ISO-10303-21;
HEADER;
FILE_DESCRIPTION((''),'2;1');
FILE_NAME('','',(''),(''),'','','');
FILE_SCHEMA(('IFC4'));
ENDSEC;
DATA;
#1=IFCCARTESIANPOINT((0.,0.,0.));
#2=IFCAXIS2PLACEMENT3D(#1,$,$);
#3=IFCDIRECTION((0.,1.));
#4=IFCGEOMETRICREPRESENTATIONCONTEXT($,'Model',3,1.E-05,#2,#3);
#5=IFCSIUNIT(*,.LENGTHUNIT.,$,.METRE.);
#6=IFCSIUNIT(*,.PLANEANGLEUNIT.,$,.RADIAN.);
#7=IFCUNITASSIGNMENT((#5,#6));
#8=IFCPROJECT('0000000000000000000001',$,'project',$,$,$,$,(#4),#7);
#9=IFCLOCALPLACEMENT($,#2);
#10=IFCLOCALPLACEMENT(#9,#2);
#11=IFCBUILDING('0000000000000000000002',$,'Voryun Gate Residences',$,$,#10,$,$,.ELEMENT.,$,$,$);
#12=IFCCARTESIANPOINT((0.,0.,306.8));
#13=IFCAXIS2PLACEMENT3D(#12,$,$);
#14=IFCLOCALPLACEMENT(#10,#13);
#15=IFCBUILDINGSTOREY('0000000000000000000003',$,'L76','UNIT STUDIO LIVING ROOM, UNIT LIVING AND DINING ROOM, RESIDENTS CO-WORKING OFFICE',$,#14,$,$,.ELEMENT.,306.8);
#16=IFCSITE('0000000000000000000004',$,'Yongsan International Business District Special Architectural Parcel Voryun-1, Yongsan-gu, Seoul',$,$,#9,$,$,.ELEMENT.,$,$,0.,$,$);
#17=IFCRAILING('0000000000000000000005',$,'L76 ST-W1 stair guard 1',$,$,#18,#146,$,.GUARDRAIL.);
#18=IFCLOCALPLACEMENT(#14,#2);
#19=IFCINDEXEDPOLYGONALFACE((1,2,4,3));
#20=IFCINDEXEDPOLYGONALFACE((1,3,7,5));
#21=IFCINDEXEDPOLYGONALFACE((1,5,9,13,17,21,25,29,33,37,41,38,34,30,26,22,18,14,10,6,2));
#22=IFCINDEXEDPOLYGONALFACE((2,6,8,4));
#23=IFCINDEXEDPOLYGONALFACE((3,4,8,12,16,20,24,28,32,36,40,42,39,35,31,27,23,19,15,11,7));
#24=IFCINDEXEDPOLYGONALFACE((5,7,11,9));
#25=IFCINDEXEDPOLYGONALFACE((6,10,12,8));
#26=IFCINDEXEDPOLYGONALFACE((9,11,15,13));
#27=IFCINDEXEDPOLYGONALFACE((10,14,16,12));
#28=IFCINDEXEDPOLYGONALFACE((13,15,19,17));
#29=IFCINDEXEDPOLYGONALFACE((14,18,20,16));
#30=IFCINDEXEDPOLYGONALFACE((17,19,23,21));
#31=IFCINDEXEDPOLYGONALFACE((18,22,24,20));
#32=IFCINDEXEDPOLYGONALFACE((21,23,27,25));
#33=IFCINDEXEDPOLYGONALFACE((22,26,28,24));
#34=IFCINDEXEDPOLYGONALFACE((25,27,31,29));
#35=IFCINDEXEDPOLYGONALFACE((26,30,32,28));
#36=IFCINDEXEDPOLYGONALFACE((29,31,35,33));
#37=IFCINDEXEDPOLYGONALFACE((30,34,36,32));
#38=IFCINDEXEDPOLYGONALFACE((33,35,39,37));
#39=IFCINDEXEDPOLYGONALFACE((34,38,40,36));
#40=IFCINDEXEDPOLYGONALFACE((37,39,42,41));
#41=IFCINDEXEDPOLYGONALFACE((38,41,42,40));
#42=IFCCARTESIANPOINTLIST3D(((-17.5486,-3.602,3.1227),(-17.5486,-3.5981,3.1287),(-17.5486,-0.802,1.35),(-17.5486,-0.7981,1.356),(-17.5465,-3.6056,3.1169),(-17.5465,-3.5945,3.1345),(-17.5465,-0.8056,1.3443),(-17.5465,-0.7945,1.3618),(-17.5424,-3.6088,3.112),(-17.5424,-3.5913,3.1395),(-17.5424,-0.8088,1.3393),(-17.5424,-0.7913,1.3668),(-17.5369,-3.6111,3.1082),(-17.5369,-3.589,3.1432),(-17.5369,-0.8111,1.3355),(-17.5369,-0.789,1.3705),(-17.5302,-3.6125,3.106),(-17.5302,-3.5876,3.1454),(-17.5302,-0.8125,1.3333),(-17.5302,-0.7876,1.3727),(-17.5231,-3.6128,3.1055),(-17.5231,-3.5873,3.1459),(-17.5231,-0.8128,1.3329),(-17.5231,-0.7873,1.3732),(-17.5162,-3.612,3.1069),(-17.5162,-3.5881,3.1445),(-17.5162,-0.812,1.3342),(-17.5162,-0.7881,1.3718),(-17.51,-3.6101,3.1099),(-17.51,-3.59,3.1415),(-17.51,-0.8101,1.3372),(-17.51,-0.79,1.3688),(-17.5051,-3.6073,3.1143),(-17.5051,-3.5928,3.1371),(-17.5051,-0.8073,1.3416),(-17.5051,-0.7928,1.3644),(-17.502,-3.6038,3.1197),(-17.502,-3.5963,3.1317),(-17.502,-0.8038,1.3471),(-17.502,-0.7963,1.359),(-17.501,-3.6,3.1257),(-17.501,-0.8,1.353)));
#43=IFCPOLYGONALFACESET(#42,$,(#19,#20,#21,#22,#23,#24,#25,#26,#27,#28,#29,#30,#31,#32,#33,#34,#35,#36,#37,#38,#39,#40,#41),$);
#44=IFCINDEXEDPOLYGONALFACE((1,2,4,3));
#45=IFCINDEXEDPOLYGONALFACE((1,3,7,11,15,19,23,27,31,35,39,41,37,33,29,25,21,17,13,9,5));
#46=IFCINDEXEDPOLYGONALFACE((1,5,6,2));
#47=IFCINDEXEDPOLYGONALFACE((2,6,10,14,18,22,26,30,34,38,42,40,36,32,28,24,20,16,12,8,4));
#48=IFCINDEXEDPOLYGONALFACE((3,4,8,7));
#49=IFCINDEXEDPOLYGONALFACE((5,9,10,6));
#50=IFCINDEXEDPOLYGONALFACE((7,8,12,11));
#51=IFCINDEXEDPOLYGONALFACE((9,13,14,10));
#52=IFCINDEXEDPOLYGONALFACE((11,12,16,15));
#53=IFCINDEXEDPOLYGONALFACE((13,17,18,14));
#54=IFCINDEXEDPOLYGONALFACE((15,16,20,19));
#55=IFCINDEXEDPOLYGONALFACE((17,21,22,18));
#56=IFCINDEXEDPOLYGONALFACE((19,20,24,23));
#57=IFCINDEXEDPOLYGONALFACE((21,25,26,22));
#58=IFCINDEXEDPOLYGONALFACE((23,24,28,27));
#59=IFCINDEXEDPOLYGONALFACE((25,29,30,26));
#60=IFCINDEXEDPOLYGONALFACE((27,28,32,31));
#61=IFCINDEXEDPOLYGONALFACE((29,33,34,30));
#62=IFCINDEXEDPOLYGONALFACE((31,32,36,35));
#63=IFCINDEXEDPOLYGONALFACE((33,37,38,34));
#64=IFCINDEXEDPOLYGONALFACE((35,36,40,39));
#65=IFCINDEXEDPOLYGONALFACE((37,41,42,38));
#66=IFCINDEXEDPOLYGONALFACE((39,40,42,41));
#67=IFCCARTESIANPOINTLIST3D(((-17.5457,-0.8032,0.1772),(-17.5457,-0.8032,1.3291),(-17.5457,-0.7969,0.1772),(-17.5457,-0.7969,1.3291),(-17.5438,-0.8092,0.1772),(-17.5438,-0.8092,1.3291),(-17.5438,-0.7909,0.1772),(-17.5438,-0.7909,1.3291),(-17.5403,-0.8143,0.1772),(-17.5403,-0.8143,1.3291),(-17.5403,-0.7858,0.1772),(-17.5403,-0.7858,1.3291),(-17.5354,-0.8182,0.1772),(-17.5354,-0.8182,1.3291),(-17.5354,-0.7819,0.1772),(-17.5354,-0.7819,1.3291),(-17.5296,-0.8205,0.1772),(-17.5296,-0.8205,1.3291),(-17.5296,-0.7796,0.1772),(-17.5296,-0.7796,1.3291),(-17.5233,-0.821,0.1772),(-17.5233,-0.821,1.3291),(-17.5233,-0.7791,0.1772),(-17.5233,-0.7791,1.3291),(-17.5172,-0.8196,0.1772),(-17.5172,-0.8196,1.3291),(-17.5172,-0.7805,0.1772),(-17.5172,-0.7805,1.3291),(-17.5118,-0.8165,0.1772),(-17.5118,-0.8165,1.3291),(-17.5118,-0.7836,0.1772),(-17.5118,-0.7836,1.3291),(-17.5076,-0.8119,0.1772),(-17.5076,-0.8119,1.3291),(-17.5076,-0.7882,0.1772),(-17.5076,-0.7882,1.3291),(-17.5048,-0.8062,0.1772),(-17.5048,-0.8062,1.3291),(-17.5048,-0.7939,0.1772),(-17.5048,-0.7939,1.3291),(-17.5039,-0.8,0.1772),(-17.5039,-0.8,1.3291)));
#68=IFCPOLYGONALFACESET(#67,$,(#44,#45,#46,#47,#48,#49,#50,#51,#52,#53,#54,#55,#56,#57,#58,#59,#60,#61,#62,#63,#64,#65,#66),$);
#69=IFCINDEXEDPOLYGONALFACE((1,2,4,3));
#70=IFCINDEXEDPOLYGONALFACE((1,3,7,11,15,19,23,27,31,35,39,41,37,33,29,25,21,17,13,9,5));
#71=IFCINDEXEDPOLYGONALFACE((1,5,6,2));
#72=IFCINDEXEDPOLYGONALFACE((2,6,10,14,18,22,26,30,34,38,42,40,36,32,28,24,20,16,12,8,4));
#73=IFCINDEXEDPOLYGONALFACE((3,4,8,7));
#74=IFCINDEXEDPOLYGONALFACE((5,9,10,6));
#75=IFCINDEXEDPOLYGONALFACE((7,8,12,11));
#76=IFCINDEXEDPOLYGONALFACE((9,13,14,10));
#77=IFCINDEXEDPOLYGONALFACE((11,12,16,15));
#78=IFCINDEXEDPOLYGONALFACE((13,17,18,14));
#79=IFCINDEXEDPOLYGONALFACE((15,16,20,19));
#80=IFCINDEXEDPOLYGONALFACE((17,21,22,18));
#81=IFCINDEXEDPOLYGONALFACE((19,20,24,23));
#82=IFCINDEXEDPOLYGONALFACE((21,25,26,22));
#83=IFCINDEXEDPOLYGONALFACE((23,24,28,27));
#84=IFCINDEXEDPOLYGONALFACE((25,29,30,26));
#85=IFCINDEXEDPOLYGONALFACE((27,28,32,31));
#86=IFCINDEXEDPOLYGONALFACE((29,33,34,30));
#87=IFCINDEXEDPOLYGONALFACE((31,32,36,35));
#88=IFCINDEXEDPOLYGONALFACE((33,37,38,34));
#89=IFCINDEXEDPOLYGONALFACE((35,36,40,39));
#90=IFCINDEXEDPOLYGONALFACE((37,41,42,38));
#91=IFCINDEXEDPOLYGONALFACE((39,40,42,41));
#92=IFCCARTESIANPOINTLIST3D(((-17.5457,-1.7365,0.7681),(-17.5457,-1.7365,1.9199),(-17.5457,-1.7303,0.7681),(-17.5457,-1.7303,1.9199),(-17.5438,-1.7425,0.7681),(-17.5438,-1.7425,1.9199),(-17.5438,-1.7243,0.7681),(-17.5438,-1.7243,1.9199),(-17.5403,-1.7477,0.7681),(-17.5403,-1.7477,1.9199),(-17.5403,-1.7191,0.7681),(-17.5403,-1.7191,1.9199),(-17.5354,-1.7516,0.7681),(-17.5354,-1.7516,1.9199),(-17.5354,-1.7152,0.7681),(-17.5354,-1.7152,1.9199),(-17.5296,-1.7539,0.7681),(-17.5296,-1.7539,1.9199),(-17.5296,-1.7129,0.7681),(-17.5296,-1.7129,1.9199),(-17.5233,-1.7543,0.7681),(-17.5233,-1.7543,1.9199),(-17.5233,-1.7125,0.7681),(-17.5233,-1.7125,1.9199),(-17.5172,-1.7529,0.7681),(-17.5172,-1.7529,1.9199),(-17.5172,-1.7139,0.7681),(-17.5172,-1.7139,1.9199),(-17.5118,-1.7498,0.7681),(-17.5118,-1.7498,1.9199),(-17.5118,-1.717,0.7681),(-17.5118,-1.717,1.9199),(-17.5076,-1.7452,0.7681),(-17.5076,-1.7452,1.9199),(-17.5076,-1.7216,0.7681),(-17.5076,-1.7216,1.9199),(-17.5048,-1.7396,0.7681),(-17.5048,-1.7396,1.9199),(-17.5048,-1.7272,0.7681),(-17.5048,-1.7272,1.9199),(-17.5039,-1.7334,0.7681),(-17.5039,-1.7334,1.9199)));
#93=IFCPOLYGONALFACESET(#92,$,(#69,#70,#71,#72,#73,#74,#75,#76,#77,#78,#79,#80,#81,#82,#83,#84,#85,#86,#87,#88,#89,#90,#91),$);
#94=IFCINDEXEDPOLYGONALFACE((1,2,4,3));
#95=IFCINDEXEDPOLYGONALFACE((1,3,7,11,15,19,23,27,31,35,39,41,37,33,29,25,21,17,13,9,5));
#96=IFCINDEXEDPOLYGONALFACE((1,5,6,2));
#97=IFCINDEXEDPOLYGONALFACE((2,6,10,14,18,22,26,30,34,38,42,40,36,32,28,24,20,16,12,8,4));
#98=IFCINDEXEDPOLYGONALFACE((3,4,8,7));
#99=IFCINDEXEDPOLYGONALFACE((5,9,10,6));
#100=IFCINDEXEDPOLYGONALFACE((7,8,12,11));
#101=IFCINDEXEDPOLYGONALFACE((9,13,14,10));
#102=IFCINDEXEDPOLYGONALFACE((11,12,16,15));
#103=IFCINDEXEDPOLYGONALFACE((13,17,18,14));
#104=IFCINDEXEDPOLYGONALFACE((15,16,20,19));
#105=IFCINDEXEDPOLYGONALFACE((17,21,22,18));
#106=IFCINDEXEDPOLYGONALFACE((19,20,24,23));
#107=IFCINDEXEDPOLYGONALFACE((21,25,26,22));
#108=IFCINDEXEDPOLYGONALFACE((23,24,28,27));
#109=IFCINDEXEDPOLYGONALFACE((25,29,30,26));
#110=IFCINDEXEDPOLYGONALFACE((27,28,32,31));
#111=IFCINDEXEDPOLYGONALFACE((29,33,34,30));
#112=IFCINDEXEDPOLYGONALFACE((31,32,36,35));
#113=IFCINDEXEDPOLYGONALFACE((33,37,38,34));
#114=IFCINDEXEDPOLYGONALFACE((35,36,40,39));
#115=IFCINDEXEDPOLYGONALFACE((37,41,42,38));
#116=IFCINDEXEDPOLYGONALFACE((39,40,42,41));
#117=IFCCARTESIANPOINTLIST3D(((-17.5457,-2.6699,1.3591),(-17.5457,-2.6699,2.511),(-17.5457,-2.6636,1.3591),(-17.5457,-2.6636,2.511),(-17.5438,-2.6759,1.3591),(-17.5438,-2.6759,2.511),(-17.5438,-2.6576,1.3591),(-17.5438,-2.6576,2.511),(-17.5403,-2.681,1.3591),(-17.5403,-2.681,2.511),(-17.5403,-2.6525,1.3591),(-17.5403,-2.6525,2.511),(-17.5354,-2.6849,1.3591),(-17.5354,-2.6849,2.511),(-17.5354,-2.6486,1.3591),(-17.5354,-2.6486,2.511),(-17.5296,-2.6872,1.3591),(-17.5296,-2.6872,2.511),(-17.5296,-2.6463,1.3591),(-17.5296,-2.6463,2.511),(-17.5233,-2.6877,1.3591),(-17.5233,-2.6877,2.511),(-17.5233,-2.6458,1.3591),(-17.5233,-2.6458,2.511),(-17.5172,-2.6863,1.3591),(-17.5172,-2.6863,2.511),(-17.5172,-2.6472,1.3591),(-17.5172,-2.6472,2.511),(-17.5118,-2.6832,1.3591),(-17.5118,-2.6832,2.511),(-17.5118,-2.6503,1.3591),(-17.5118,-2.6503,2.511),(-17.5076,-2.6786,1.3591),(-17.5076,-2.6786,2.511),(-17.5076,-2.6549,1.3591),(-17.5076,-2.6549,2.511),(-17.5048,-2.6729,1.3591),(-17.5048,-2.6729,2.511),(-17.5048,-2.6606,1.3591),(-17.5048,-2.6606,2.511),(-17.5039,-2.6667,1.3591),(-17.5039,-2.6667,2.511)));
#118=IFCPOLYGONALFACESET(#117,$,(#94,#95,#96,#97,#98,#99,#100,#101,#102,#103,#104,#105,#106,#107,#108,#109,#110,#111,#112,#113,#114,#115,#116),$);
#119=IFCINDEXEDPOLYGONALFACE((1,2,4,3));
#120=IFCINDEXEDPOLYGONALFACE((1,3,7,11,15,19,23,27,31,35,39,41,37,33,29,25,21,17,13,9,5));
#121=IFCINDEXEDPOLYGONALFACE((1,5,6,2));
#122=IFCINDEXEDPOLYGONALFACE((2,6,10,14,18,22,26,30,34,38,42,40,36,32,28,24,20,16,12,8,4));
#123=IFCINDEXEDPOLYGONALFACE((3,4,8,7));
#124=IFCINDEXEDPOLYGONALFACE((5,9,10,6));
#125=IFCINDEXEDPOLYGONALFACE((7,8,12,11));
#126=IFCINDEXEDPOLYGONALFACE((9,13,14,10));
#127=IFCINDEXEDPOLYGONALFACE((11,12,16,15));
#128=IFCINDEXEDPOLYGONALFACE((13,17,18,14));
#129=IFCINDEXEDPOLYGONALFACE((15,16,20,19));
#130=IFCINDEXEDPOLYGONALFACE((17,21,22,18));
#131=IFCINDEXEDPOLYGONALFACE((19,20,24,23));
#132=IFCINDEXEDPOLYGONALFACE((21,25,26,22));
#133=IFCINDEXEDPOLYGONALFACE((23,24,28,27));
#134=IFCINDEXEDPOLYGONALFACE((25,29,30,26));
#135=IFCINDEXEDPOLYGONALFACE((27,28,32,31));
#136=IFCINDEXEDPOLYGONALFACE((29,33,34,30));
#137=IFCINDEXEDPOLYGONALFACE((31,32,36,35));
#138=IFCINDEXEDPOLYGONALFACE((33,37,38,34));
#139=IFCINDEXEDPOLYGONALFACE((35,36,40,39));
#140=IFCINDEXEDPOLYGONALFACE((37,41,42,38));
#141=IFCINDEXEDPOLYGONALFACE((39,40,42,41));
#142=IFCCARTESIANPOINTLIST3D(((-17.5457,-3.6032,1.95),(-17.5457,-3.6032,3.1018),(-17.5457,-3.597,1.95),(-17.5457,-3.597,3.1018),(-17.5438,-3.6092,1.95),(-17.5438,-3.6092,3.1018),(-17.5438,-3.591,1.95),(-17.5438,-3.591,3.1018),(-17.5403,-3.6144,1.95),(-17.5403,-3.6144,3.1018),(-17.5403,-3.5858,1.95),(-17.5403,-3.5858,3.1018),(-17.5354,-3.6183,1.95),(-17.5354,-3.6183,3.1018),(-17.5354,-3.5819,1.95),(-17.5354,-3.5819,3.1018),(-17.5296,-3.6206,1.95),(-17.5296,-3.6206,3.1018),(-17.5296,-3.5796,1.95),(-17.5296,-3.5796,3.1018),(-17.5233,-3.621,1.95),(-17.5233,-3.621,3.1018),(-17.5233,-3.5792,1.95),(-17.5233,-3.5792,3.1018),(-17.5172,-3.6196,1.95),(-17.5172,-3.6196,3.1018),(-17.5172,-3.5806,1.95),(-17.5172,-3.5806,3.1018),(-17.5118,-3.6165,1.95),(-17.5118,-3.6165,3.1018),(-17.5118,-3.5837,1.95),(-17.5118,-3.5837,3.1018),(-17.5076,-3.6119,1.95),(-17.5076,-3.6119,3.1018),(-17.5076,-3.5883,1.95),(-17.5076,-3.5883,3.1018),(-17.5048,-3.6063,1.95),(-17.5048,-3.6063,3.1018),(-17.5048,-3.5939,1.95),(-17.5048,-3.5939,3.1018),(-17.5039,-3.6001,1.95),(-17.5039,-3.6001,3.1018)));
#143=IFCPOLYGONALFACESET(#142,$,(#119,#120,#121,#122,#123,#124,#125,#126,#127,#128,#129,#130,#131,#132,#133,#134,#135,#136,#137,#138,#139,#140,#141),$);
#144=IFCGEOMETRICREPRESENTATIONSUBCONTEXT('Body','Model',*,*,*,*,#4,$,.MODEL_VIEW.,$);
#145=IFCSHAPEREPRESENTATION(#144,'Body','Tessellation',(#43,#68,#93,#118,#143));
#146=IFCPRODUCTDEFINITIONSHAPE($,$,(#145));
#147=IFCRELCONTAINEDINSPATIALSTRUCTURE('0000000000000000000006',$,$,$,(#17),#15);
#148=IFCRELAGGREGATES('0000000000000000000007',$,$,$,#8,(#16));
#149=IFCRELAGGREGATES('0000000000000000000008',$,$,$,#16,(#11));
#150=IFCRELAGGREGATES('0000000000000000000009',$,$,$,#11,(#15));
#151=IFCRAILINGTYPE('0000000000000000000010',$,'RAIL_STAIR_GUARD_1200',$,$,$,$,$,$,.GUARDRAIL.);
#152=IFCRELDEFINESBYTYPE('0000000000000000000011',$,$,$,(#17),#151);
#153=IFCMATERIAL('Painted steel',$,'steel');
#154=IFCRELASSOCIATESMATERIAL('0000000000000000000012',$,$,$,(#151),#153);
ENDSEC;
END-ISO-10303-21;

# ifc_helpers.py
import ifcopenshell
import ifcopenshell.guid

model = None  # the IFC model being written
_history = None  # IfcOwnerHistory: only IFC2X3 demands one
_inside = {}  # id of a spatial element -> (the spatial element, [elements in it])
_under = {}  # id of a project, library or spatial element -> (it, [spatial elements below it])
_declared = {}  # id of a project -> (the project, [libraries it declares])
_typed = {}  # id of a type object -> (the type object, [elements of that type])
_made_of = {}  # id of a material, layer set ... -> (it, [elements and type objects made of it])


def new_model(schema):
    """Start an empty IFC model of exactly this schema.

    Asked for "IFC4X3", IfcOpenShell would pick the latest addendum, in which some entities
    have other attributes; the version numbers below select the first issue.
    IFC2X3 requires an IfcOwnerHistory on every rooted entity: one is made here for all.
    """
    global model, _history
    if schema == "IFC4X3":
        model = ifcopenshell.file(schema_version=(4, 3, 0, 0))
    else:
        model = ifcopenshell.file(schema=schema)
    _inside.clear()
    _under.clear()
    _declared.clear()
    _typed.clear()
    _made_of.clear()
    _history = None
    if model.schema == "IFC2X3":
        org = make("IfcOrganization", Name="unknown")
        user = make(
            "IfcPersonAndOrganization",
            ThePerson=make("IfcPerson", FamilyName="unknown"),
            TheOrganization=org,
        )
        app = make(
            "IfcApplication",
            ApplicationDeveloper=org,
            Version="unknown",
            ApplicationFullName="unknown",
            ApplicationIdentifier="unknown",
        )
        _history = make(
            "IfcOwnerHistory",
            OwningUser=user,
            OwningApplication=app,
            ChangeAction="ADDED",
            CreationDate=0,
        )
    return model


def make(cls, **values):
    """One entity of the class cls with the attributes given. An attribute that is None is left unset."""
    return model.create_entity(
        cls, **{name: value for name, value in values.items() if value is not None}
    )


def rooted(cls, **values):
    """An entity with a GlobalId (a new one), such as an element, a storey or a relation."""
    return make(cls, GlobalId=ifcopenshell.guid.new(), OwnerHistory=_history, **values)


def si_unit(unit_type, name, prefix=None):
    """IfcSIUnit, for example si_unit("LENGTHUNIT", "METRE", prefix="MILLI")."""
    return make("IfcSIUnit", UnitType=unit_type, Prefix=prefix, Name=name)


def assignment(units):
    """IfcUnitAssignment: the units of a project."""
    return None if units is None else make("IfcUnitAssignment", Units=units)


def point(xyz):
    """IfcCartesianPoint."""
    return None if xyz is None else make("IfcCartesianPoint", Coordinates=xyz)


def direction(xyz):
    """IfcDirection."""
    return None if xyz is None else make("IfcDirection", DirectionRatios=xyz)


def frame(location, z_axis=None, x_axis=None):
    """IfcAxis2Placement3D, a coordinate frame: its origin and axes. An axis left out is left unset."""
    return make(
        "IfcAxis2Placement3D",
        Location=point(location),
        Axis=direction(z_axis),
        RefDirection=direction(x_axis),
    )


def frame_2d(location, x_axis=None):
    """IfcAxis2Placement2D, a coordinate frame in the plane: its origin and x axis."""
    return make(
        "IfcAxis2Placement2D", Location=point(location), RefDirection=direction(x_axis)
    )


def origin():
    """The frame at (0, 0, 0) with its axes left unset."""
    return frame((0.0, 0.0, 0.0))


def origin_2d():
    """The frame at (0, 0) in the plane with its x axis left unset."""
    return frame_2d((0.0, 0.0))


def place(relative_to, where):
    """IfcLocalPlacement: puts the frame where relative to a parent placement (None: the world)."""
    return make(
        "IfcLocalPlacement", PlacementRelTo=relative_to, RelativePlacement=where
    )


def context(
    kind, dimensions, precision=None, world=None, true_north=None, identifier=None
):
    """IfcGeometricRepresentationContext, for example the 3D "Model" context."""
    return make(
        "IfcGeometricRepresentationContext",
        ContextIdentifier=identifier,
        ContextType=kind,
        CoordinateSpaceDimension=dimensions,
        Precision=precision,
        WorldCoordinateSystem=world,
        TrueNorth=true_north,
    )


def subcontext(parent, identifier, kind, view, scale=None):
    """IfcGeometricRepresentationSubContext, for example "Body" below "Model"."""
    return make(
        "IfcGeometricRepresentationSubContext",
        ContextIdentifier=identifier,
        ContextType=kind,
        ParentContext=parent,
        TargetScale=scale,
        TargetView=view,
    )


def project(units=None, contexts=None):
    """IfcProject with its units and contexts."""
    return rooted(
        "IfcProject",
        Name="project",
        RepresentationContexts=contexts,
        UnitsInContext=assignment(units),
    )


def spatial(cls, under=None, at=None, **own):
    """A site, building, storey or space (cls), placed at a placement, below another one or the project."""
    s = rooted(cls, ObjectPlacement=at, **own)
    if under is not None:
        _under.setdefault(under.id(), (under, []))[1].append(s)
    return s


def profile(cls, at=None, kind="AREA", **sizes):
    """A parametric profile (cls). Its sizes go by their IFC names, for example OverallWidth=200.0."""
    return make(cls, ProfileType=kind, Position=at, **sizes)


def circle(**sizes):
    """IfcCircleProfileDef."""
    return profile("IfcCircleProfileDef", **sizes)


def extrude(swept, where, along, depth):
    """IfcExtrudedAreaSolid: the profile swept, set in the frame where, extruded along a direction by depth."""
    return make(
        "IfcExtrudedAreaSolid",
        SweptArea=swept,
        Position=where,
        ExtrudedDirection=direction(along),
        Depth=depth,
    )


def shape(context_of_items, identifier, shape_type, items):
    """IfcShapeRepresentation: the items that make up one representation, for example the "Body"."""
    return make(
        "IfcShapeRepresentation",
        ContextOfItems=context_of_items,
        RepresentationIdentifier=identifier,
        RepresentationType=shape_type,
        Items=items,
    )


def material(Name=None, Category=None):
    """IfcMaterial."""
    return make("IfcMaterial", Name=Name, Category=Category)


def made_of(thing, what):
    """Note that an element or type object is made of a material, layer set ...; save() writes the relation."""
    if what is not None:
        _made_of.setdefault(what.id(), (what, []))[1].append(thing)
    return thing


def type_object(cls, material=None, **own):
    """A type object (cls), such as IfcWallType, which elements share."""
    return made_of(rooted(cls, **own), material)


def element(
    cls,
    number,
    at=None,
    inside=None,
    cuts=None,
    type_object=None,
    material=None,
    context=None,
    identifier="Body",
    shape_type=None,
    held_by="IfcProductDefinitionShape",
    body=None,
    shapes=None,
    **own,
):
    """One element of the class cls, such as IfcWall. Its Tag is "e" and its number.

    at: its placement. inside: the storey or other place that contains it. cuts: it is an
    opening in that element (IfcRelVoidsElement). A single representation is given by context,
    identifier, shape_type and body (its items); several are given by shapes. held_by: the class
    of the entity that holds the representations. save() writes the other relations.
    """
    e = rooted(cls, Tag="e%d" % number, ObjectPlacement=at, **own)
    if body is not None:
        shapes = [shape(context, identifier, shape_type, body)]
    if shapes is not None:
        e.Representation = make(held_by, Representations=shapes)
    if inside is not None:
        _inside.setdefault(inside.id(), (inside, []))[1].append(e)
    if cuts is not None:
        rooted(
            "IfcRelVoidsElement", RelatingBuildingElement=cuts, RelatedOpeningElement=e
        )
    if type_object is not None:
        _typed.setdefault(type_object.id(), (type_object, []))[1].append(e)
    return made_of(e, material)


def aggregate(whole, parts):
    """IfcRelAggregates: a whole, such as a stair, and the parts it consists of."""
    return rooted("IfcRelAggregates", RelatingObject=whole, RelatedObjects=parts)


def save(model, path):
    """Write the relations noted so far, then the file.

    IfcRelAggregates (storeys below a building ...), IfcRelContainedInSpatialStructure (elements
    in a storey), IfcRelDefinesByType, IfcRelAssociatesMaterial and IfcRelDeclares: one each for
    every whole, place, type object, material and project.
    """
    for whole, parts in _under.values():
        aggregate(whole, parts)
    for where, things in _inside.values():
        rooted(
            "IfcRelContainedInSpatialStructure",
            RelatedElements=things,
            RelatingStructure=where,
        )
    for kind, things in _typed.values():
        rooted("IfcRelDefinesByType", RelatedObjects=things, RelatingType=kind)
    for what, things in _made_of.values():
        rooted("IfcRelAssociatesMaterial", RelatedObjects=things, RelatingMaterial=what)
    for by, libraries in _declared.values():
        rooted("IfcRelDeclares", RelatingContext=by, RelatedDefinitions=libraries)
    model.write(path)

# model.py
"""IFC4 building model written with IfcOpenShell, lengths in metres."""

from ifc_helpers import new_model, si_unit, direction, frame, origin, origin_2d, place, context, subcontext, project, spatial, circle, extrude, material, type_object, element, save


model = new_model("IFC4")

# Units and contexts
model_context = context("Model", 3, precision=1e-05, world=origin(), true_north=direction((0.0, 1.0)))
body_context = subcontext(model_context, "Body", "Model", "MODEL_VIEW")
ifc_project = project(units=[si_unit("LENGTHUNIT", "METRE"), si_unit("PLANEANGLEUNIT", "RADIAN")], contexts=[model_context])

# Site, building, storey
site_placement = place(None, origin())
site = spatial("IfcSite", under=ifc_project, at=site_placement, Name="Yongsan International Business District Special Architectural Parcel Voryun-1, Yongsan-gu, Seoul", CompositionType="ELEMENT", RefElevation=0.0)
building_placement = place(site_placement, origin())
building = spatial("IfcBuilding", under=site, at=building_placement, Name="Voryun Gate Residences", CompositionType="ELEMENT")
storey_placement = place(building_placement, frame((0.0, 0.0, 306.8)))
storey = spatial("IfcBuildingStorey", under=building, at=storey_placement, Name="L76", Description="UNIT STUDIO LIVING ROOM, UNIT LIVING AND DINING ROOM, RESIDENTS CO-WORKING OFFICE", CompositionType="ELEMENT", Elevation=306.8)

# Railing
ifc_material_1 = material(Name="Painted steel", Category="steel")
railing_type = type_object("IfcRailingType", Name="RAIL_STAIR_GUARD_1200", PredefinedType="GUARDRAIL", material=ifc_material_1)
railing_1_placement = place(storey_placement, frame((-17.5249, -0.8, 0.1772)))
element("IfcRailing", 1, at=railing_1_placement, inside=storey, type_object=railing_type, Name="L76 ST-W1 stair guard 1", PredefinedType="GUARDRAIL", context=body_context, shape_type="SweptSolid", body=[
    extrude(circle(Radius=0.0239, at=origin_2d()), frame((0.0, 0.0, 1.1758), z_axis=(0.0, -0.844909, 0.53491), x_axis=(1.0, 0.0, 0.0)), (0.0, 0.0, 1.0), 3.314),
    extrude(circle(Radius=0.021, at=origin_2d()), origin(), (0.0, 0.0, 1.0), 1.1519),
    extrude(circle(Radius=0.021, at=origin_2d()), frame((0.0, -0.9333, 0.5908)), (0.0, 0.0, 1.0), 1.1519),
    extrude(circle(Radius=0.021, at=origin_2d()), frame((0.0, -1.8667, 1.1819)), (0.0, 0.0, 1.0), 1.1519),
    extrude(circle(Radius=0.021, at=origin_2d()), frame((0.0, -2.8, 1.7727)), (0.0, 0.0, 1.0), 1.1519),
])

save(model, "model.ifc")
